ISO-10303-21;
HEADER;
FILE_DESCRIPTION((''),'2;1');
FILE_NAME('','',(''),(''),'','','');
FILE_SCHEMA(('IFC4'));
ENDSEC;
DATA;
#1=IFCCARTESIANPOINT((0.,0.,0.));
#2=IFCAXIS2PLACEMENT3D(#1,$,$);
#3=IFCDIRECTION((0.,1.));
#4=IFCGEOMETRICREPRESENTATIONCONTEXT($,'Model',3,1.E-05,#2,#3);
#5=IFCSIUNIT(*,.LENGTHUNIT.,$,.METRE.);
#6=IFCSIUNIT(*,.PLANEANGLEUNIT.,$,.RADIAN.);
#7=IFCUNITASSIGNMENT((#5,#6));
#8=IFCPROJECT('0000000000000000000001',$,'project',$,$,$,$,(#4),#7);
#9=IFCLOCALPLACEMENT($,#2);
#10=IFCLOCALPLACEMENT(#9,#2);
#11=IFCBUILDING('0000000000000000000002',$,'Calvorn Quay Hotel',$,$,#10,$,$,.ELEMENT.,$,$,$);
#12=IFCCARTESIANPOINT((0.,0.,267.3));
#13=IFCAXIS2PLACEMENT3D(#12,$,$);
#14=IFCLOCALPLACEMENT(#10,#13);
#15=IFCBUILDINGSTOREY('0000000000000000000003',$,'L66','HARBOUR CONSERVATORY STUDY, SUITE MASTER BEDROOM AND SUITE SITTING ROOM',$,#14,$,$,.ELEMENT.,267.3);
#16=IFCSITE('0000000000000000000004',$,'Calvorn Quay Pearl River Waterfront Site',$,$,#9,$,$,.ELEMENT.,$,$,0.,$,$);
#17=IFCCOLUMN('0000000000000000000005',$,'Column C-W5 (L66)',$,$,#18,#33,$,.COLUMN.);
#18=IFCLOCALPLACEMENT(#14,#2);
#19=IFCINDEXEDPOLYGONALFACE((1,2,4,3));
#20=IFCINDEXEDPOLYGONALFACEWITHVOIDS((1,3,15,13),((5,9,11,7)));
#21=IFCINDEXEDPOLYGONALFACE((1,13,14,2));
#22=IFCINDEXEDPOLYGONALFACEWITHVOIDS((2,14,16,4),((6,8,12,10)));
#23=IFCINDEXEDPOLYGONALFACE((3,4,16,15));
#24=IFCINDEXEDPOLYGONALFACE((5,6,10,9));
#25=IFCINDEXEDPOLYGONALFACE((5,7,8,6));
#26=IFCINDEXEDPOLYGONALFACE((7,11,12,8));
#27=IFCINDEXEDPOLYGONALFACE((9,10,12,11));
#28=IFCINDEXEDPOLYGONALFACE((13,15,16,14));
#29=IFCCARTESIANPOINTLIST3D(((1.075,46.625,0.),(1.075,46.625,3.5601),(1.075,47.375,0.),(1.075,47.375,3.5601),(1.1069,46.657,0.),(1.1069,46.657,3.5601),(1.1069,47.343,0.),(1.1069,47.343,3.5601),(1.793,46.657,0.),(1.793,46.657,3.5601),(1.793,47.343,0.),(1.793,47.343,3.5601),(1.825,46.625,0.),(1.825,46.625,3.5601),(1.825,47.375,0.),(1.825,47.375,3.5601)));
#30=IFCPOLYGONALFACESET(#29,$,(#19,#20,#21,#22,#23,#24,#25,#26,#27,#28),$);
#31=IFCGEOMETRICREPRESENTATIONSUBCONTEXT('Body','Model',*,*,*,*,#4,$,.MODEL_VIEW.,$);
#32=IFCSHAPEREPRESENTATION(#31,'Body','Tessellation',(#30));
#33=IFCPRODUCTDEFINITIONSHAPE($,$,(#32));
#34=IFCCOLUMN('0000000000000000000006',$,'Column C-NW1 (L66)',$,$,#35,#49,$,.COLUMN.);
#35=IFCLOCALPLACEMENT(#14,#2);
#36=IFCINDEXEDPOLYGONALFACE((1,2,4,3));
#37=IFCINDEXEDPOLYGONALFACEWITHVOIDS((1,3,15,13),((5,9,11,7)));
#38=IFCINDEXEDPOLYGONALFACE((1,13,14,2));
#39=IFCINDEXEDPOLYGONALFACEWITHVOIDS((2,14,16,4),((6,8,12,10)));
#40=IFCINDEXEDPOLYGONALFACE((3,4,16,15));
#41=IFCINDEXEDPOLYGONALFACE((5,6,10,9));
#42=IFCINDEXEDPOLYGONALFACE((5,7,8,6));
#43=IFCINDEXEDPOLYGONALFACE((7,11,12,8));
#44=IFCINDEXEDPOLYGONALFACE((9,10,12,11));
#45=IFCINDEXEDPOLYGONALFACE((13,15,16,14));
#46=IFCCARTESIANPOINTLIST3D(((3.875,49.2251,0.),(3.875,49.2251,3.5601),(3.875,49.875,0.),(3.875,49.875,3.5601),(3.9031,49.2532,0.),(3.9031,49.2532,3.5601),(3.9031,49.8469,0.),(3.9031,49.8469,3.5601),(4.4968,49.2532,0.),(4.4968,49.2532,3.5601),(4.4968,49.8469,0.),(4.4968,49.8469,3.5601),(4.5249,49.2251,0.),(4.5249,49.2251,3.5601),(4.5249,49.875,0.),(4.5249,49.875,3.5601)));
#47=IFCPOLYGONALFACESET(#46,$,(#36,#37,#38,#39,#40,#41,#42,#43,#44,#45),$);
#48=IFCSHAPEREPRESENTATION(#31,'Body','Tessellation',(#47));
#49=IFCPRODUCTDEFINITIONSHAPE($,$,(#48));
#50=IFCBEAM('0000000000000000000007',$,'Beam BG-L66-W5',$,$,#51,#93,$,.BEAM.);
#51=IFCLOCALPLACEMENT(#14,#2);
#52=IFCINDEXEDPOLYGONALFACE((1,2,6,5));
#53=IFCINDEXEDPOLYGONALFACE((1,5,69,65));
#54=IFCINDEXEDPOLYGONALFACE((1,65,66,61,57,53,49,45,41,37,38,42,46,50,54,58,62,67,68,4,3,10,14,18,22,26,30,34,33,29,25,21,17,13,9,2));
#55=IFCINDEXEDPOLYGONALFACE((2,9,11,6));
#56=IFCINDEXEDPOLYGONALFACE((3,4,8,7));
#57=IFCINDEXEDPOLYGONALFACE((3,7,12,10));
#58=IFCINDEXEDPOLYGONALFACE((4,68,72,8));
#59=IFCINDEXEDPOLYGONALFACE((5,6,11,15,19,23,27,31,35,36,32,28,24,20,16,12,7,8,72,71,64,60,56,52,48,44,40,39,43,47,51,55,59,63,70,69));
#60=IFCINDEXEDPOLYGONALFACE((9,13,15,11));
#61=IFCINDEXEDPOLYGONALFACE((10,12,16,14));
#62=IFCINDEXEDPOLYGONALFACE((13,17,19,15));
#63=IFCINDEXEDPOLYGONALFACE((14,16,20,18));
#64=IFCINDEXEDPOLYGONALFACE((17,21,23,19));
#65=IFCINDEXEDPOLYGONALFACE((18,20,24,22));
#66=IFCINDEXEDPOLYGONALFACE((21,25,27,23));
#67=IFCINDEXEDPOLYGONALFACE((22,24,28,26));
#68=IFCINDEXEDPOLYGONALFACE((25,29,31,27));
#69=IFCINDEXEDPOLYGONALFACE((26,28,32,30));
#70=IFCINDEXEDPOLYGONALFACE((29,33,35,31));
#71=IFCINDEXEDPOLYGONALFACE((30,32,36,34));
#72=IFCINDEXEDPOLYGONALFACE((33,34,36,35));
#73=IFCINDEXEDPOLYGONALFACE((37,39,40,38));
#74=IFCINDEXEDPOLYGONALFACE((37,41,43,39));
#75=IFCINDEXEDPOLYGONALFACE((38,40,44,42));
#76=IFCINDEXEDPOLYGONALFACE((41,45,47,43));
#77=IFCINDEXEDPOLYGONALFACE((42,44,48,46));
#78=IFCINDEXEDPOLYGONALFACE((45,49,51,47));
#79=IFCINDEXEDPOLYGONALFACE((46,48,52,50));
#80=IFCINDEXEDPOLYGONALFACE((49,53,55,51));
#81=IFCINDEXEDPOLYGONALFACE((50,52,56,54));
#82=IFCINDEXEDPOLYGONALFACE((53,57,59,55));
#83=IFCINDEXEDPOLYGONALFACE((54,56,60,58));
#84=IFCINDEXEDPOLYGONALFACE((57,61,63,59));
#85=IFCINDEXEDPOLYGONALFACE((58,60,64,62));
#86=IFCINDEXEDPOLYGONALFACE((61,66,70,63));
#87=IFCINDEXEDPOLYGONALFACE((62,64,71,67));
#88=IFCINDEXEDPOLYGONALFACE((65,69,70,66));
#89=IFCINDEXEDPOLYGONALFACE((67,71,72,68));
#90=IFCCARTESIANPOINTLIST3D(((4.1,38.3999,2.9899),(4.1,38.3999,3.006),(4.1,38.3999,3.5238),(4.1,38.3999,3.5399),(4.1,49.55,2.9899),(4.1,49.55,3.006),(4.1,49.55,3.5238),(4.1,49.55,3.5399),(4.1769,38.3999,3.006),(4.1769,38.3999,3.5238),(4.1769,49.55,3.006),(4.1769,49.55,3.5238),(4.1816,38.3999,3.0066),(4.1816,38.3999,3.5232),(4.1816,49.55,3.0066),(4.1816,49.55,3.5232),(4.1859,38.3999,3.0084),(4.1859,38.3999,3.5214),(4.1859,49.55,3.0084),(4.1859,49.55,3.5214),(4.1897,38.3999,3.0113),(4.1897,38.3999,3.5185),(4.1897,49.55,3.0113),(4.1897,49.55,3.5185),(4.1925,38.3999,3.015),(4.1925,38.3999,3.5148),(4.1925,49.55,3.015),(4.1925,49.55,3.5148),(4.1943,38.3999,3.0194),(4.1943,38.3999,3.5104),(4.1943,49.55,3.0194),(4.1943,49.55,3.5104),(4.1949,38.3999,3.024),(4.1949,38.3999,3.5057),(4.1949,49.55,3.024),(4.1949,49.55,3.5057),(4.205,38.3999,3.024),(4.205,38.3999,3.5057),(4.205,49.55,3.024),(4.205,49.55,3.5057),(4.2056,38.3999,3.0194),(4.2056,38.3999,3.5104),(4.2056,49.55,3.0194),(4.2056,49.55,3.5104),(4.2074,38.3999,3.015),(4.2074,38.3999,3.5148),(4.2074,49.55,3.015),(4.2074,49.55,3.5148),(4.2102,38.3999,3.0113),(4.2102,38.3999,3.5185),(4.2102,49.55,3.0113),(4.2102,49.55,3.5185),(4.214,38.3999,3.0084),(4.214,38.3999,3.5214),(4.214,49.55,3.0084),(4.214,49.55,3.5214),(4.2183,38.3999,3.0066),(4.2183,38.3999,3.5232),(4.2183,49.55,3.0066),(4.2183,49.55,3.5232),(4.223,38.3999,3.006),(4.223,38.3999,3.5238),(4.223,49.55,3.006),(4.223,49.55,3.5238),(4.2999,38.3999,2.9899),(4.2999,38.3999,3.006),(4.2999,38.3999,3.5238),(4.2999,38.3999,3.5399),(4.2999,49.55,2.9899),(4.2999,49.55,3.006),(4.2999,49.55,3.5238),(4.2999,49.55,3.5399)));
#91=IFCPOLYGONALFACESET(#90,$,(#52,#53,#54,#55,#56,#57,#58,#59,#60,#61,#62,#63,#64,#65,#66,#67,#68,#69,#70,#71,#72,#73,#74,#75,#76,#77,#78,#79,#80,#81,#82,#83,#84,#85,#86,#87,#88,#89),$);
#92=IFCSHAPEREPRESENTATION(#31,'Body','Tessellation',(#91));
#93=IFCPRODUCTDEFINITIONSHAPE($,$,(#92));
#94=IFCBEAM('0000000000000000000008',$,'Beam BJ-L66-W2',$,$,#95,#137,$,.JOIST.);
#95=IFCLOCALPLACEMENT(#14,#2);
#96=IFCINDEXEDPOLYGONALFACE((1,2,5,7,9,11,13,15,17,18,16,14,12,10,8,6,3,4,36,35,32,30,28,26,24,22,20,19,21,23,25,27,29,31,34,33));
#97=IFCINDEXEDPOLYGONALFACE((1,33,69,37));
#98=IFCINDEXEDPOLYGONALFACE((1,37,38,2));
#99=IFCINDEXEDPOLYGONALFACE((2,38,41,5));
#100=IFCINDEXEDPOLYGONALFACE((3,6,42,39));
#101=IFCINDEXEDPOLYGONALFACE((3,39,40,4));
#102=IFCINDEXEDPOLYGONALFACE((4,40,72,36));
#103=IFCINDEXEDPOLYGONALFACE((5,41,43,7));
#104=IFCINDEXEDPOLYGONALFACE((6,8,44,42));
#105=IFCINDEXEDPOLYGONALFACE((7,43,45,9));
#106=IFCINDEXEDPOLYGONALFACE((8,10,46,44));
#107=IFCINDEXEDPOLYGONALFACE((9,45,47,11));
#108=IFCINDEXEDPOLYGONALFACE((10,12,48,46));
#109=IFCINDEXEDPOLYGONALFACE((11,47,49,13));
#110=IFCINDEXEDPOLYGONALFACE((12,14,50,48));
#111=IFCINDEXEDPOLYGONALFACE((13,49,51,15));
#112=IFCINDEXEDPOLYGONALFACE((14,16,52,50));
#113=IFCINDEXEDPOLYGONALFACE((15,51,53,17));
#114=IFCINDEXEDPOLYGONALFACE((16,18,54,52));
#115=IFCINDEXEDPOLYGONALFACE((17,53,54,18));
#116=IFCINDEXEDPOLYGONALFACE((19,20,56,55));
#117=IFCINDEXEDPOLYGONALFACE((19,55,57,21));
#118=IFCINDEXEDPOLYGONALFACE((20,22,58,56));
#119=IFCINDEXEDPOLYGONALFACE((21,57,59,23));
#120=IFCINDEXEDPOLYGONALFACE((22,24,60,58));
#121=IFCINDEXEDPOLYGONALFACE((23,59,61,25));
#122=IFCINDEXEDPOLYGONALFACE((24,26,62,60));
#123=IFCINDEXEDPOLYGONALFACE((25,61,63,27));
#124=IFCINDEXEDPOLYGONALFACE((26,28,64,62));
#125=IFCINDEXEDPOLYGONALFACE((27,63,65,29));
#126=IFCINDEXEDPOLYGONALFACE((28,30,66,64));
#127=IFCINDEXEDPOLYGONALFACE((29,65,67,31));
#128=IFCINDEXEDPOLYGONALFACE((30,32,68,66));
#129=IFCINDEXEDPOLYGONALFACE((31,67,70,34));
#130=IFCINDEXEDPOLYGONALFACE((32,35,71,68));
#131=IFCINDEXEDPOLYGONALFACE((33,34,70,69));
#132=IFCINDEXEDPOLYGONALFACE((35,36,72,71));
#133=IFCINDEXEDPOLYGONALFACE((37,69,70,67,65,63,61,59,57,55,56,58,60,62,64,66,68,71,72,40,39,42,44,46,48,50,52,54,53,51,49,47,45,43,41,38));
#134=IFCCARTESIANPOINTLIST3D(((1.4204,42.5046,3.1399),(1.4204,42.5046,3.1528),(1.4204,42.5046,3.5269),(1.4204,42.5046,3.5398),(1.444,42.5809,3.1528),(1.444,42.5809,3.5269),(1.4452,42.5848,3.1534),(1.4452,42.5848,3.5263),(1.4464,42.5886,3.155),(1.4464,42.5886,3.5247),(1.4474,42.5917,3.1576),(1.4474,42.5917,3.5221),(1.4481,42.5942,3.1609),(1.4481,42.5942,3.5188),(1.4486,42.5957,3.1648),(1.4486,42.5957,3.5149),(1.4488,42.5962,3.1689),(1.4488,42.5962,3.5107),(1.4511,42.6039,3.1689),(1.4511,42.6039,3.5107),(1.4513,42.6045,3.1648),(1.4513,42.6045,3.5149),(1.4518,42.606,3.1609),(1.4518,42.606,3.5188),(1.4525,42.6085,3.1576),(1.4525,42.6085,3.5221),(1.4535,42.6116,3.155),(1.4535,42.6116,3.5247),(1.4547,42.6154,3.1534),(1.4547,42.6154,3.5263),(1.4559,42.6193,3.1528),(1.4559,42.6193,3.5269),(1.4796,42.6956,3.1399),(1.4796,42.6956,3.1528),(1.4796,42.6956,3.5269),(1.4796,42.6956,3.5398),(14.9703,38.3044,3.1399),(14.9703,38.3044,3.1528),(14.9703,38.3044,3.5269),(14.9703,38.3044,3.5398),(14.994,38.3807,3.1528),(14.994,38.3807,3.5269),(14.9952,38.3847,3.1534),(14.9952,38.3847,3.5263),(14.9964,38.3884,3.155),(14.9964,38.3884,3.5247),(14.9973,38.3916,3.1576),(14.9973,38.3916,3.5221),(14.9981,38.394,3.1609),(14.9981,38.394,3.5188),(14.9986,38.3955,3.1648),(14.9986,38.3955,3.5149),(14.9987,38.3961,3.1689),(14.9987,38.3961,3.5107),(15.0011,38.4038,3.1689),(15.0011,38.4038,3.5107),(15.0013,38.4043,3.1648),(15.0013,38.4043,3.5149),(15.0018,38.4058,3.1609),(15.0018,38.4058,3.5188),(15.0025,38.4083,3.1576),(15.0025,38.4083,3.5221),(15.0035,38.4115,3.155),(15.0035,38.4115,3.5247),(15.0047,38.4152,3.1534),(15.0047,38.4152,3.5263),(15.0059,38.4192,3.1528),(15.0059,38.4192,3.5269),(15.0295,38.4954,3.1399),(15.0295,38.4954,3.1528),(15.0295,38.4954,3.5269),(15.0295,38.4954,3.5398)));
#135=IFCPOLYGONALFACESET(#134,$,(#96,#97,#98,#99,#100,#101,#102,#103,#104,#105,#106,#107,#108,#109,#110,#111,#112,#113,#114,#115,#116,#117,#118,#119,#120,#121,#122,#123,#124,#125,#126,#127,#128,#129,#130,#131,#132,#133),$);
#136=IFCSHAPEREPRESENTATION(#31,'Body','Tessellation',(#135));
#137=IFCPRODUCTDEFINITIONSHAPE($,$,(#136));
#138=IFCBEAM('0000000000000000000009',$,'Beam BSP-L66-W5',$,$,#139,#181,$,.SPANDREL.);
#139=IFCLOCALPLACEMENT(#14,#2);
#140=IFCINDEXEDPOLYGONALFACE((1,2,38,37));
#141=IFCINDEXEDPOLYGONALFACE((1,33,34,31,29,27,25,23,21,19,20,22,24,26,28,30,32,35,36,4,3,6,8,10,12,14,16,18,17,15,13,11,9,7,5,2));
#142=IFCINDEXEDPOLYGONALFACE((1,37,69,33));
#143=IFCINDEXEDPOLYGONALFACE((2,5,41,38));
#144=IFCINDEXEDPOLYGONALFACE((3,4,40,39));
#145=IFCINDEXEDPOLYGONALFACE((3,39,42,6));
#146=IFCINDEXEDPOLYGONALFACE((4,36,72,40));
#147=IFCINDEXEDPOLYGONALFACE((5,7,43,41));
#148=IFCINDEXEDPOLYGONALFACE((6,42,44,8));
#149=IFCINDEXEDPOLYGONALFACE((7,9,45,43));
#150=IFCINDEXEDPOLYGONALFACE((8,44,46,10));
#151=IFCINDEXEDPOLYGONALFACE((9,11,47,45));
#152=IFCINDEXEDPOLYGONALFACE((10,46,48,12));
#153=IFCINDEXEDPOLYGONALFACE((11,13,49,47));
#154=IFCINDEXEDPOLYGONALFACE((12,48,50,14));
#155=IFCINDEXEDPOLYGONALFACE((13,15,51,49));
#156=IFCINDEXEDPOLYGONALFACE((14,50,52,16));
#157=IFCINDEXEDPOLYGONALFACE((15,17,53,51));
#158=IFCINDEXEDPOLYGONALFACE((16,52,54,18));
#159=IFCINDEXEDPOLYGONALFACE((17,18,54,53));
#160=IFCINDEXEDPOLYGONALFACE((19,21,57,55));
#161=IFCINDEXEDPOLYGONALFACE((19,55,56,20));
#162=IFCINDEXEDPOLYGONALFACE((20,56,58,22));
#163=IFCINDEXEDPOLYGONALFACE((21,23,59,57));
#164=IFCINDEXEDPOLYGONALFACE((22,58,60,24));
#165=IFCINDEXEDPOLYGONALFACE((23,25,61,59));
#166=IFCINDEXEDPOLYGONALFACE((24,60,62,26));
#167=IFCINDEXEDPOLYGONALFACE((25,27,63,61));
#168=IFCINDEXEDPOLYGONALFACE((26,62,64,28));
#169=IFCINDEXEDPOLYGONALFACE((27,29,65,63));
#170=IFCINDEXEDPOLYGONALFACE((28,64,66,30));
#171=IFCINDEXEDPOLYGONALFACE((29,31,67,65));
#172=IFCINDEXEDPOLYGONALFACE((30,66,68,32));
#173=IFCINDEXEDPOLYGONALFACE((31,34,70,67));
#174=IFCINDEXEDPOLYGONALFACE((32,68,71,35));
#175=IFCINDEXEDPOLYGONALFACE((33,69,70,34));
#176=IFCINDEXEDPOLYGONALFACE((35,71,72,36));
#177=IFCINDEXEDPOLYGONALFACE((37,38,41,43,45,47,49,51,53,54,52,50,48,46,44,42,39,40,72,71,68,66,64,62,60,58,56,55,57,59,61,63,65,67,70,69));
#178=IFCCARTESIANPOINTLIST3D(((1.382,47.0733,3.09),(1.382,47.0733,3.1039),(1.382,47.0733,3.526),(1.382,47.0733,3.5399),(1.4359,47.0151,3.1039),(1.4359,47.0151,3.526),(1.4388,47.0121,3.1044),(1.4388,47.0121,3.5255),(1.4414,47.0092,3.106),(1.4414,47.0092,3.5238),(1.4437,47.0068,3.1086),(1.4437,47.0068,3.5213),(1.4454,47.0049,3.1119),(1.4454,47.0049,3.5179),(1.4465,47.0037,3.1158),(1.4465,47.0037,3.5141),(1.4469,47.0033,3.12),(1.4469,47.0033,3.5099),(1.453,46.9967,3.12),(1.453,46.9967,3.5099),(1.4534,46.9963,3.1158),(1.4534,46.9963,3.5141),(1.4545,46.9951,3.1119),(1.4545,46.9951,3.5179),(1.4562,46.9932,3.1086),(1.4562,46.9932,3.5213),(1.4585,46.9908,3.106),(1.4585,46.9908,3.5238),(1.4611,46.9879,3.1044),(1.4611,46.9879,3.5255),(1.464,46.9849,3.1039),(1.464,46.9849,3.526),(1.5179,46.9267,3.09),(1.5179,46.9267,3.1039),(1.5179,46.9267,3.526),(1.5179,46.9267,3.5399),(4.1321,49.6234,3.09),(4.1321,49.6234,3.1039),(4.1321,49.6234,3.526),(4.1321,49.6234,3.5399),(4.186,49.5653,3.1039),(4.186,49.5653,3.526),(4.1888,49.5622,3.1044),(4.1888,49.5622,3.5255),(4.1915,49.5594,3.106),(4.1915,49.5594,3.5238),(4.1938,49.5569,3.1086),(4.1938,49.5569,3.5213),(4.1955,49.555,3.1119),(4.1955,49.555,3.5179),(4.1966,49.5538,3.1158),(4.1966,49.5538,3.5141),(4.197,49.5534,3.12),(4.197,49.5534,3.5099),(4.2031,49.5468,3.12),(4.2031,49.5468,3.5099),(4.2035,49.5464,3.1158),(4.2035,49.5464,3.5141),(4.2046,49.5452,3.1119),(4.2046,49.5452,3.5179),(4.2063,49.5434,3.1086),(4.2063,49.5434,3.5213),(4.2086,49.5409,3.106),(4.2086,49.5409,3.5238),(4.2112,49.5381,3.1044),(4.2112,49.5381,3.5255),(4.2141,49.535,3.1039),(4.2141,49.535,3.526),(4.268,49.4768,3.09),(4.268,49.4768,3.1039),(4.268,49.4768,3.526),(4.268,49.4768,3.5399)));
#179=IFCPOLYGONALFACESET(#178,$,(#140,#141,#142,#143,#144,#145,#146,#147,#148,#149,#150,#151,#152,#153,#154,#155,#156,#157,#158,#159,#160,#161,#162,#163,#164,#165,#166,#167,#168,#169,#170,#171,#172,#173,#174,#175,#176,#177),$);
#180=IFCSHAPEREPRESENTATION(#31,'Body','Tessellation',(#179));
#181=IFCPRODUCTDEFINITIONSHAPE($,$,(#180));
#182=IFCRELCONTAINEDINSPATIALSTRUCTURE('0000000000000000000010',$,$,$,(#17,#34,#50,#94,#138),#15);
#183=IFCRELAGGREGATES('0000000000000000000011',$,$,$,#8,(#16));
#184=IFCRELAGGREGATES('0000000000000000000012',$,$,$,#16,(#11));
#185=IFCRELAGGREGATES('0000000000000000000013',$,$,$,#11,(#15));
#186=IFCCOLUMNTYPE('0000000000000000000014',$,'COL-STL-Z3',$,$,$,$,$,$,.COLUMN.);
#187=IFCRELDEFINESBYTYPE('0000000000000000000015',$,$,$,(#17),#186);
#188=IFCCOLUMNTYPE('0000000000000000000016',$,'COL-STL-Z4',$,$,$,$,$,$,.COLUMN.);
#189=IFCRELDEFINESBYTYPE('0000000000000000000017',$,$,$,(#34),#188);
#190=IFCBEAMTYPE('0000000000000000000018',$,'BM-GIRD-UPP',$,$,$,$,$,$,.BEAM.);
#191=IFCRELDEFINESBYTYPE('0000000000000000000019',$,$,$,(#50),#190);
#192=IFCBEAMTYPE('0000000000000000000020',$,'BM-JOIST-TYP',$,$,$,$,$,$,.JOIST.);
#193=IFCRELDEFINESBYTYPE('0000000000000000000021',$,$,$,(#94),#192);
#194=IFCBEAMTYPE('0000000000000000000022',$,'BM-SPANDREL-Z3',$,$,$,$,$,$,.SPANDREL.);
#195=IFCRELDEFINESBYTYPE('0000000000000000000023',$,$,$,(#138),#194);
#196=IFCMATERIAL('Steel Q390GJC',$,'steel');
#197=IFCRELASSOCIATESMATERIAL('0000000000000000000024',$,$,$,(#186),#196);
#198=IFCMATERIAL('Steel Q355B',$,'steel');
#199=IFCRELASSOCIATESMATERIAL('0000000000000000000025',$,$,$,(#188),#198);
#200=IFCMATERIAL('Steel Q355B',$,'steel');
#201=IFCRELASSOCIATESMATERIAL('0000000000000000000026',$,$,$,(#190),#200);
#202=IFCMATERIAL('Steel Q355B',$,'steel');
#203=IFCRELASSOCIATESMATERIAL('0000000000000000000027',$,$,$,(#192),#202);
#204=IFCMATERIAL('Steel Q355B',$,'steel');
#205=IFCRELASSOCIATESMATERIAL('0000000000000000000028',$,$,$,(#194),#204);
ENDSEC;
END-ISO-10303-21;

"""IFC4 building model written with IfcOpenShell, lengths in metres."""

from ifc_helpers import new_model, si_unit, direction, frame, origin, origin_2d, place, context, subcontext, project, spatial, hollow_rectangle, i_section, extrude, material, material_profile, profile_set, type_object, element, save


model = new_model("IFC4")

# Units and contexts
model_context = context("Model", 3, precision=1e-05, world=origin(), true_north=direction((0.0, 1.0)))
body_context = subcontext(model_context, "Body", "Model", "MODEL_VIEW")
ifc_project = project(units=[si_unit("LENGTHUNIT", "METRE"), si_unit("PLANEANGLEUNIT", "RADIAN")], contexts=[model_context])

# Site, building, storey
site_placement = place(None, origin())
site = spatial("IfcSite", under=ifc_project, at=site_placement, Name="Calvorn Quay Pearl River Waterfront Site", CompositionType="ELEMENT", RefElevation=0.0)
building_placement = place(site_placement, origin())
building = spatial("IfcBuilding", under=site, at=building_placement, Name="Calvorn Quay Hotel", CompositionType="ELEMENT")
storey_placement = place(building_placement, frame((0.0, 0.0, 267.3)))
storey = spatial("IfcBuildingStorey", under=building, at=storey_placement, Name="L66", Description="HARBOUR CONSERVATORY STUDY, SUITE MASTER BEDROOM AND SUITE SITTING ROOM", CompositionType="ELEMENT", Elevation=267.3)

# Columns
ifc_material_1 = material(Name="Steel Q390GJC", Category="steel")
ifc_material_profile_1 = material_profile(ifc_material_1, hollow_rectangle(XDim=0.75, YDim=0.75, WallThickness=0.032, at=origin_2d()), Name="BOX750x750x32")
ifc_profile_set_1 = profile_set([ifc_material_profile_1], Name="Steel Q390GJC")
column_type_1 = type_object("IfcColumnType", Name="COL-STL-Z3", PredefinedType="COLUMN", material=ifc_profile_set_1)
column_1_placement = place(storey_placement, frame((1.45, 47.0, 0.0), z_axis=(0.0, 0.0, 1.0), x_axis=(1.0, 0.0, 0.0)))
element("IfcColumn", 1, at=column_1_placement, inside=storey, type_object=column_type_1, Name="Column C-W5 (L66)", PredefinedType="COLUMN", context=body_context, shape_type="SweptSolid", body=[
    extrude(hollow_rectangle(XDim=0.75, YDim=0.75, WallThickness=0.032, at=origin_2d()), origin(), (0.0, 0.0, 1.0), 3.5601),
])
ifc_material_2 = material(Name="Steel Q355B", Category="steel")
ifc_material_profile_2 = material_profile(ifc_material_2, hollow_rectangle(XDim=0.6499, YDim=0.6499, WallThickness=0.0281, at=origin_2d()), Name="BOX650x650x28")
ifc_profile_set_2 = profile_set([ifc_material_profile_2], Name="Steel Q355B")
column_type_2 = type_object("IfcColumnType", Name="COL-STL-Z4", PredefinedType="COLUMN", material=ifc_profile_set_2)
column_2_placement = place(storey_placement, frame((4.2, 49.55, 0.0), z_axis=(0.0, 0.0, 1.0), x_axis=(1.0, 0.0, 0.0)))
element("IfcColumn", 2, at=column_2_placement, inside=storey, type_object=column_type_2, Name="Column C-NW1 (L66)", PredefinedType="COLUMN", context=body_context, shape_type="SweptSolid", body=[
    extrude(hollow_rectangle(XDim=0.6499, YDim=0.6499, WallThickness=0.0281, at=origin_2d()), origin(), (0.0, 0.0, 1.0), 3.5601),
])

# Beams
ifc_material_3 = material(Name="Steel Q355B", Category="steel")
ifc_material_profile_3 = material_profile(ifc_material_3, i_section(OverallWidth=0.2, OverallDepth=0.55, WebThickness=0.01, FlangeThickness=0.0161, FilletRadius=0.0181, at=origin_2d()), Name="HN550x200x10x16")
ifc_profile_set_3 = profile_set([ifc_material_profile_3], Name="Steel Q355B")
beam_type_1 = type_object("IfcBeamType", Name="BM-GIRD-UPP", PredefinedType="BEAM", material=ifc_profile_set_3)
beam_1_placement = place(storey_placement, frame((4.2, 49.55, 3.2649), z_axis=(0.0, -1.0, 0.0), x_axis=(1.0, 0.0, 0.0)))
element("IfcBeam", 3, at=beam_1_placement, inside=storey, type_object=beam_type_1, Name="Beam BG-L66-W5", PredefinedType="BEAM", context=body_context, shape_type="SweptSolid", body=[
    extrude(i_section(OverallWidth=0.2, OverallDepth=0.55, WebThickness=0.01, FlangeThickness=0.0161, FilletRadius=0.0181, at=origin_2d()), origin(), (0.0, 0.0, 1.0), 11.1501),
])
ifc_material_4 = material(Name="Steel Q355B", Category="steel")
ifc_material_profile_4 = material_profile(ifc_material_4, i_section(OverallWidth=0.2, OverallDepth=0.3999, WebThickness=0.0081, FlangeThickness=0.0129, FilletRadius=0.0161, at=origin_2d()), Name="HN400x200x8x13")
ifc_profile_set_4 = profile_set([ifc_material_profile_4], Name="Steel Q355B")
beam_type_2 = type_object("IfcBeamType", Name="BM-JOIST-TYP", PredefinedType="JOIST", material=ifc_profile_set_4)
beam_2_placement = place(storey_placement, frame((1.45, 42.6001, 3.3398), z_axis=(0.955164, -0.296078, 0.0), x_axis=(0.296078, 0.955164, 0.0)))
element("IfcBeam", 4, at=beam_2_placement, inside=storey, type_object=beam_type_2, Name="Beam BJ-L66-W2", PredefinedType="JOIST", context=body_context, shape_type="SweptSolid", body=[
    extrude(i_section(OverallWidth=0.2, OverallDepth=0.3999, WebThickness=0.0081, FlangeThickness=0.0129, FilletRadius=0.0161, at=origin_2d()), origin(), (0.0, 0.0, 1.0), 14.186),
])
ifc_material_5 = material(Name="Steel Q355B", Category="steel")
ifc_material_profile_5 = material_profile(ifc_material_5, i_section(OverallWidth=0.2, OverallDepth=0.45, WebThickness=0.009, FlangeThickness=0.0139, FilletRadius=0.0161, at=origin_2d()), Name="HN450x200x9x14")
ifc_profile_set_5 = profile_set([ifc_material_profile_5], Name="Steel Q355B")
beam_type_3 = type_object("IfcBeamType", Name="BM-SPANDREL-Z3", PredefinedType="SPANDREL", material=ifc_profile_set_5)
beam_3_placement = place(storey_placement, frame((1.45, 47.0, 3.3149), z_axis=(0.733262, 0.679947, 0.0), x_axis=(-0.679947, 0.733262, 0.0)))
element("IfcBeam", 5, at=beam_3_placement, inside=storey, type_object=beam_type_3, Name="Beam BSP-L66-W5", PredefinedType="SPANDREL", context=body_context, shape_type="SweptSolid", body=[
    extrude(i_section(OverallWidth=0.2, OverallDepth=0.45, WebThickness=0.009, FlangeThickness=0.0139, FilletRadius=0.0161, at=origin_2d()), origin(), (0.0, 0.0, 1.0), 3.7505),
])

save(model, "model.ifc")
